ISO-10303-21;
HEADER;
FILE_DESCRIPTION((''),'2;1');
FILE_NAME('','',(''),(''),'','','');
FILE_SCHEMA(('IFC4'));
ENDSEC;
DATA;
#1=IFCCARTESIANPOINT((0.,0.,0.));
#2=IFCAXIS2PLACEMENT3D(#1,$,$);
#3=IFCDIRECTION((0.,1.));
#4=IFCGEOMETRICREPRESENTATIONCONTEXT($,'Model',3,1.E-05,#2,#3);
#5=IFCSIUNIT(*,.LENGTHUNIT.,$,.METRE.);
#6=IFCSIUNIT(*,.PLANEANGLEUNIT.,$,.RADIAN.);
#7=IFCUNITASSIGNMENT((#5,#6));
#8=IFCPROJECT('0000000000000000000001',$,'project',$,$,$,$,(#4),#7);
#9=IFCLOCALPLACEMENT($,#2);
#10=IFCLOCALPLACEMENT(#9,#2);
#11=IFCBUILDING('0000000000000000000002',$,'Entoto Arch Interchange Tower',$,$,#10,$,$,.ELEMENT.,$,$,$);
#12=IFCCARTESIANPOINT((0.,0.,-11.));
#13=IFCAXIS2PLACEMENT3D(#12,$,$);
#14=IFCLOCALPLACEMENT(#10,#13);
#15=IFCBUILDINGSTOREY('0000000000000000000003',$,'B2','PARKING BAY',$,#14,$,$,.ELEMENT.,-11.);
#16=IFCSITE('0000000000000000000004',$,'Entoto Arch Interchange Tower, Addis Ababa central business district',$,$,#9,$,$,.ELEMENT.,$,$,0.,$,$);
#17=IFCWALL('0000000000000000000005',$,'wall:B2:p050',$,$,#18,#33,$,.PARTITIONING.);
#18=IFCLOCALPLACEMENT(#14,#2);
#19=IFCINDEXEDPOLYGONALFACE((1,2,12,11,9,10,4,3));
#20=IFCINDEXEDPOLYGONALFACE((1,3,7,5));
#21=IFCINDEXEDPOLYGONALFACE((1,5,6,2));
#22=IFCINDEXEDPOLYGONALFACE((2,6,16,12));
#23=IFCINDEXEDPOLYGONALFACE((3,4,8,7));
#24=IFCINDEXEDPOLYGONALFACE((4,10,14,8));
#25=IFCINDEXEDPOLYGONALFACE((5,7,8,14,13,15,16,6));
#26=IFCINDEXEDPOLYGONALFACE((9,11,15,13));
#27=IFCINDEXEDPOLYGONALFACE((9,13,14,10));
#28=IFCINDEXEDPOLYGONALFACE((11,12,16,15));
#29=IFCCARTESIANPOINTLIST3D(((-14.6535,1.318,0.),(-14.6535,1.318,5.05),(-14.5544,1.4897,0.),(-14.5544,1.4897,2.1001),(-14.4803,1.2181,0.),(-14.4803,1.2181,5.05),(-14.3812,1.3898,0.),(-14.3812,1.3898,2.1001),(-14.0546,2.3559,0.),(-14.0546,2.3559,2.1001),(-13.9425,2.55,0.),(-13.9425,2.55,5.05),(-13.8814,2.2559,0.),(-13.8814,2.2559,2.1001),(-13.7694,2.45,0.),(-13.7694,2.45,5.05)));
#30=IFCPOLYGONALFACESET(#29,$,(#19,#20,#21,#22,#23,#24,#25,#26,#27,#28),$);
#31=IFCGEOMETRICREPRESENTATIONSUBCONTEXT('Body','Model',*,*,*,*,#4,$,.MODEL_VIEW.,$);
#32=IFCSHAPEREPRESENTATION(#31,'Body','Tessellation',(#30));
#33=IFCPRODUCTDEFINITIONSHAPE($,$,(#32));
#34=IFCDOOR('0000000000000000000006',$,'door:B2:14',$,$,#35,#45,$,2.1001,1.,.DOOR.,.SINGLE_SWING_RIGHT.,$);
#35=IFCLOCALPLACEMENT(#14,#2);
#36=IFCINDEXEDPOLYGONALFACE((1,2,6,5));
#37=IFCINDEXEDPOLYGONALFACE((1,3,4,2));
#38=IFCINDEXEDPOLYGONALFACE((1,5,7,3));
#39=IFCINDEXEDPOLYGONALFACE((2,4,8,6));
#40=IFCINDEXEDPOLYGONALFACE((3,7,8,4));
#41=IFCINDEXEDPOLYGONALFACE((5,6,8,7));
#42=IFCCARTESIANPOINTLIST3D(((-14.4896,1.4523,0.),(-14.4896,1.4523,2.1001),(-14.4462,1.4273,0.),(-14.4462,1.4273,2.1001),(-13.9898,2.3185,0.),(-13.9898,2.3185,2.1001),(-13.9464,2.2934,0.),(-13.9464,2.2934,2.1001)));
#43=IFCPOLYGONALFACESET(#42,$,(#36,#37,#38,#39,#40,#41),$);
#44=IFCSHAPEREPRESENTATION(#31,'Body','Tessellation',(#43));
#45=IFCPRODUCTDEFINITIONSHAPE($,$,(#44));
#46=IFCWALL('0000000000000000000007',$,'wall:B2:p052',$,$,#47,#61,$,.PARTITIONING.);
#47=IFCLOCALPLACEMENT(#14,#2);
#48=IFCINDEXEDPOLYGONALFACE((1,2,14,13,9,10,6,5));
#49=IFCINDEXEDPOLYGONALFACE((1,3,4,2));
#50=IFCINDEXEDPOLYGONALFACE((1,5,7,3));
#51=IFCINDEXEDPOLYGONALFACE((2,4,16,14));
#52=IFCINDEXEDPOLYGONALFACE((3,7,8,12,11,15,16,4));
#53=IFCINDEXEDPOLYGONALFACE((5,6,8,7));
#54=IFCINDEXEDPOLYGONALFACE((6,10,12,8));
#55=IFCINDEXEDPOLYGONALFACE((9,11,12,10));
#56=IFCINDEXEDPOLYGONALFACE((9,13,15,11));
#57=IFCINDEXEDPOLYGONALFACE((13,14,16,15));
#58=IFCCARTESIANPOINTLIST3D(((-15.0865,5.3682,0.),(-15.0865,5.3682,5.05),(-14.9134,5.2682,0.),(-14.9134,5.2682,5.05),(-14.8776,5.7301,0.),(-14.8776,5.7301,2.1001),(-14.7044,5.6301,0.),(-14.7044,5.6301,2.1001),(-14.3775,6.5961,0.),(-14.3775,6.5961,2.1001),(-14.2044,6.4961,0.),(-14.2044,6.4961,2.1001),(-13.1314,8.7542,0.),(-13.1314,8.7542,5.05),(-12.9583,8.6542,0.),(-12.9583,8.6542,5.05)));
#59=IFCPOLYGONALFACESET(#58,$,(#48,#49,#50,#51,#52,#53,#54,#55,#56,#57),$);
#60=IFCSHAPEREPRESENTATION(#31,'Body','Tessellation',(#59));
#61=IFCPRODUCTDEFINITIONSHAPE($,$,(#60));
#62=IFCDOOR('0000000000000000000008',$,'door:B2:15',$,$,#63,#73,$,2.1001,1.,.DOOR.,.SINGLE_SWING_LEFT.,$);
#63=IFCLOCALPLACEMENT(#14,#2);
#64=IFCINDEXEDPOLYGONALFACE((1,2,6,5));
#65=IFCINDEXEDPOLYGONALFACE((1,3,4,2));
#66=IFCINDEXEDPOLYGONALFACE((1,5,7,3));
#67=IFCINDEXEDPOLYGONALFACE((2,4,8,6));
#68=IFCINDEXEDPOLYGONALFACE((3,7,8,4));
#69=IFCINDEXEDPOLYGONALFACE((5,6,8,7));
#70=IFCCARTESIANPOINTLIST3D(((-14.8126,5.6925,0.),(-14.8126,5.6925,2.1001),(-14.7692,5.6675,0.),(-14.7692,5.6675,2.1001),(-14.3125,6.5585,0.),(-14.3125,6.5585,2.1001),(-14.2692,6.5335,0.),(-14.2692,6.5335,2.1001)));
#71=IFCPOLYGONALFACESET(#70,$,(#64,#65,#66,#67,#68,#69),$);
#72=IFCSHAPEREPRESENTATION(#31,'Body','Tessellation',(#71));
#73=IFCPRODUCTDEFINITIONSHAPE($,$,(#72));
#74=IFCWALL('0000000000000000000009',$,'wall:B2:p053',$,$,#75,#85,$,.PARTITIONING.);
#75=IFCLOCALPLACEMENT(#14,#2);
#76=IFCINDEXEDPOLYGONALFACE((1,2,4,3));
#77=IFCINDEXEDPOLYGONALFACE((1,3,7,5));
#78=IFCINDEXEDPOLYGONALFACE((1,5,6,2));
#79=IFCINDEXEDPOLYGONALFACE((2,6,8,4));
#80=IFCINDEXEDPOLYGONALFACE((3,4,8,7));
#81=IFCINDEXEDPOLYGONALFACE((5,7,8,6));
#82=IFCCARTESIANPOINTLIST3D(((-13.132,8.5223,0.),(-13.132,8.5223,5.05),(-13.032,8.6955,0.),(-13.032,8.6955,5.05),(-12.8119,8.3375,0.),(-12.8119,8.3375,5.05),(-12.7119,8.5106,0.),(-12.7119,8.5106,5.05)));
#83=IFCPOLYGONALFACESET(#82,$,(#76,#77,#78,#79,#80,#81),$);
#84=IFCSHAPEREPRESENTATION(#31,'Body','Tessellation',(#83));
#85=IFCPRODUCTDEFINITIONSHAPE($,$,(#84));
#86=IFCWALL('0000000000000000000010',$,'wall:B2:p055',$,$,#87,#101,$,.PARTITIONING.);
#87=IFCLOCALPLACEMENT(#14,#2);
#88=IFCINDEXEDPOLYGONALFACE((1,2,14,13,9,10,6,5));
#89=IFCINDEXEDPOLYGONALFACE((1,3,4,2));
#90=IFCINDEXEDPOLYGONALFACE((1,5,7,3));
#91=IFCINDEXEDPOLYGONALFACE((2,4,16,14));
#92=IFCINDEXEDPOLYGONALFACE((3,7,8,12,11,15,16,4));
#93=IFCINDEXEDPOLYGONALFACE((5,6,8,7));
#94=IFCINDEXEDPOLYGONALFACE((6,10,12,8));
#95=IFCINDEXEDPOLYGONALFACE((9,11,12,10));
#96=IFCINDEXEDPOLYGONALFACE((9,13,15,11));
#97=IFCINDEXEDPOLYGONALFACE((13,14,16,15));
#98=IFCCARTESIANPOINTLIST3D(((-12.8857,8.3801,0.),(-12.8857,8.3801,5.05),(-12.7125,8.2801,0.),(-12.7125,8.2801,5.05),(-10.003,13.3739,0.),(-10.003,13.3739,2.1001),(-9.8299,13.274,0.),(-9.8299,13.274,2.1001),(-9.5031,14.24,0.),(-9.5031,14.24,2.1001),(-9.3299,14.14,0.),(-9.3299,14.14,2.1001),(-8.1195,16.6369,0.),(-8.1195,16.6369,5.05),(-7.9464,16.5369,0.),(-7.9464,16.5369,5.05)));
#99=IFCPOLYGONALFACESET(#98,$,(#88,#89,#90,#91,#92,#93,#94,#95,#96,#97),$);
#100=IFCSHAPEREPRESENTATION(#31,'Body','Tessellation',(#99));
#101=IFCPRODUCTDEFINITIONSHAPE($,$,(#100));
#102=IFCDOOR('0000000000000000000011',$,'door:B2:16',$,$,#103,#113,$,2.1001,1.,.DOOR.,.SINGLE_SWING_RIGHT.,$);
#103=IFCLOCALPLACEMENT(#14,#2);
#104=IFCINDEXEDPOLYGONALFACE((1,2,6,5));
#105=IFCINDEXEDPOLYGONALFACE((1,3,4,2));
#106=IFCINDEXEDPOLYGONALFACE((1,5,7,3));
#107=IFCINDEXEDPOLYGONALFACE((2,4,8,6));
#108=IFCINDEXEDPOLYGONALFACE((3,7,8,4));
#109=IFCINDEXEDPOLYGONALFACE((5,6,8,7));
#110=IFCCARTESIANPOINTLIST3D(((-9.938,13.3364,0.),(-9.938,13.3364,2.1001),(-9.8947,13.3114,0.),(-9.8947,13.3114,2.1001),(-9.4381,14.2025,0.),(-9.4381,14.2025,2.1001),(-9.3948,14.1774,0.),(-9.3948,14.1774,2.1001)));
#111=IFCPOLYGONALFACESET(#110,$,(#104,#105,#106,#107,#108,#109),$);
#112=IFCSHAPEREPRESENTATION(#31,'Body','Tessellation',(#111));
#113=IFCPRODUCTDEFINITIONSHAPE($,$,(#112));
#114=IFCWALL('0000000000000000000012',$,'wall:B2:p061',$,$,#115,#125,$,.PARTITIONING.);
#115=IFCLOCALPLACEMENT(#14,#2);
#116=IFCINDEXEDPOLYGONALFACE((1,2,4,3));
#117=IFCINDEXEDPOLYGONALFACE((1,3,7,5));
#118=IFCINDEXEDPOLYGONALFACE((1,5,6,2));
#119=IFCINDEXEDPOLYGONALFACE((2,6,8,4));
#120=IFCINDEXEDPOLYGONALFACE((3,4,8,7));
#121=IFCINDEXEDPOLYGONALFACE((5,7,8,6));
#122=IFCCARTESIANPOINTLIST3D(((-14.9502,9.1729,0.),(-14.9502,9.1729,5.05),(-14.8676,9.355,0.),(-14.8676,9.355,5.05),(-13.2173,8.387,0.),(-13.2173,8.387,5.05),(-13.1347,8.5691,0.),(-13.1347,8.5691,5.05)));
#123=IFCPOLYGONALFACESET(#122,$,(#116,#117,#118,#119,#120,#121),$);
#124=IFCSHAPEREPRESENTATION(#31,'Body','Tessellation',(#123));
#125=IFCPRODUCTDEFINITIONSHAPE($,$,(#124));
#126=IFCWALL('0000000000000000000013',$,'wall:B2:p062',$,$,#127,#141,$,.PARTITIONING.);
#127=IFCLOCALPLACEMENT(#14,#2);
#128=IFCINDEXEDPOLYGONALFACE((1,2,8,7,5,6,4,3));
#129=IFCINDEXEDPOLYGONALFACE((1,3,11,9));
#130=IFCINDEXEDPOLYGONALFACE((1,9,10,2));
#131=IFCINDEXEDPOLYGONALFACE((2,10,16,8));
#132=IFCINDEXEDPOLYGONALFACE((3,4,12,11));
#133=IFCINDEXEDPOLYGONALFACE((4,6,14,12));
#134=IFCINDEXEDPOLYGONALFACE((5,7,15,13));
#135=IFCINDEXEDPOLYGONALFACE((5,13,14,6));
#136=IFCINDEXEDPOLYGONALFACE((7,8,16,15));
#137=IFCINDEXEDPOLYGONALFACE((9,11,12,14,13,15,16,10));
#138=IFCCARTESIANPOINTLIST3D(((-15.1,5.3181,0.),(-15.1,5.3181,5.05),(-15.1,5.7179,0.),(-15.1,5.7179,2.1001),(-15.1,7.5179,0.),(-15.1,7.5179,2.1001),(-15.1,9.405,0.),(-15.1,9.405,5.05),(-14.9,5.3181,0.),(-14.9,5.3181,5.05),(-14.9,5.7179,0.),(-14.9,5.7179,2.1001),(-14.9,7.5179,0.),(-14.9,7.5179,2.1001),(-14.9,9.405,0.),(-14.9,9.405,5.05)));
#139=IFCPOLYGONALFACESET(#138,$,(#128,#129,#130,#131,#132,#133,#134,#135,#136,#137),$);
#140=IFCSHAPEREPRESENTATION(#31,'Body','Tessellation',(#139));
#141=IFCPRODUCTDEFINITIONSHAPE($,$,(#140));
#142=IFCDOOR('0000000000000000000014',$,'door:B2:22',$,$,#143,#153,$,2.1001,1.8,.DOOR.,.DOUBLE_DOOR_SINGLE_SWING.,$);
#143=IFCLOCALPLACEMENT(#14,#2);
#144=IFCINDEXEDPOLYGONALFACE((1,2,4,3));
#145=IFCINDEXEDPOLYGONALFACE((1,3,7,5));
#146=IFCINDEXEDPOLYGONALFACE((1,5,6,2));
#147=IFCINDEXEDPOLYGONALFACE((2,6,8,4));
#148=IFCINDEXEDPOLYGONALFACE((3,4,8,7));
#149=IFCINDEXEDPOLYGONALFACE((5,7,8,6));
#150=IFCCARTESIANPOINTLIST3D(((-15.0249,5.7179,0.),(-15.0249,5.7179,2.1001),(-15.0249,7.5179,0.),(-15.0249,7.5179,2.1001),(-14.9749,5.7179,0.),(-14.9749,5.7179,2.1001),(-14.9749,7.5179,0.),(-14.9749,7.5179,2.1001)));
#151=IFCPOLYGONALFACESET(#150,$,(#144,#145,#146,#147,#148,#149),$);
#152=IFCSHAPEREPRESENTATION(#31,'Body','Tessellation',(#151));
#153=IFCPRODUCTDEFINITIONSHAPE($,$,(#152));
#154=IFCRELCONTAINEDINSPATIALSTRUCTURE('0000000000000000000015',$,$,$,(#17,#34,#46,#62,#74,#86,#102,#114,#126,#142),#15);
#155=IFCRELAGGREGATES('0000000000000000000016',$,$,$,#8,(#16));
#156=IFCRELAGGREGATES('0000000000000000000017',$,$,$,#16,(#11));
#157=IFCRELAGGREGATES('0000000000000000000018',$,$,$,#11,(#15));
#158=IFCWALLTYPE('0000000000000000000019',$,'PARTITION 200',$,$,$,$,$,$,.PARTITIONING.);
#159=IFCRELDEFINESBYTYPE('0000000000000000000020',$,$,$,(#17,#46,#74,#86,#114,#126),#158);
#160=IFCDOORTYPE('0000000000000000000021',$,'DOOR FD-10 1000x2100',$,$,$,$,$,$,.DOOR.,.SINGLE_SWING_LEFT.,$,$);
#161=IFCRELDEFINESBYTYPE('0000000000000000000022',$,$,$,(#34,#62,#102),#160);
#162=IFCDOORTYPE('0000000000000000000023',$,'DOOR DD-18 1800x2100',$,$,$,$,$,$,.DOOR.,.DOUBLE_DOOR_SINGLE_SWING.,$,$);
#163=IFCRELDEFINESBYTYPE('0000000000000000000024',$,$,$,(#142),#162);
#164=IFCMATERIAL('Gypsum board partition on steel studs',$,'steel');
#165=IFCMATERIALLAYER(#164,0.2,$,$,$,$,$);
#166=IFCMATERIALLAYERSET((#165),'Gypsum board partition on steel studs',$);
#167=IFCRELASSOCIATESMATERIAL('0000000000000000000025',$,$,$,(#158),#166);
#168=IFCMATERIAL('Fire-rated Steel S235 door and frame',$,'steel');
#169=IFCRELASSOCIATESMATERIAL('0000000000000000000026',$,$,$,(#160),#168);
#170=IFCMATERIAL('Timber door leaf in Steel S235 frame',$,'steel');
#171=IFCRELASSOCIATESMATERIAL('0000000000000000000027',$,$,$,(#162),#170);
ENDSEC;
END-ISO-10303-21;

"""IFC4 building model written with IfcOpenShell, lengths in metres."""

from ifc_helpers import new_model, si_unit, direction, frame, frame_2d, origin, place, context, subcontext, project, spatial, rectangle, extrude, material, layer, layer_set, type_object, element, fill, save


model = new_model("IFC4")

# Units and contexts
model_context = context("Model", 3, precision=1e-05, world=origin(), true_north=direction((0.0, 1.0)))
body_context = subcontext(model_context, "Body", "Model", "MODEL_VIEW")
ifc_project = project(units=[si_unit("LENGTHUNIT", "METRE"), si_unit("PLANEANGLEUNIT", "RADIAN")], contexts=[model_context])

# Site, building, storey
site_placement = place(None, origin())
site = spatial("IfcSite", under=ifc_project, at=site_placement, Name="Entoto Arch Interchange Tower, Addis Ababa central business district", CompositionType="ELEMENT", RefElevation=0.0)
building_placement = place(site_placement, origin())
building = spatial("IfcBuilding", under=site, at=building_placement, Name="Entoto Arch Interchange Tower", CompositionType="ELEMENT")
storey_placement = place(building_placement, frame((0.0, 0.0, -11.0)))
storey = spatial("IfcBuildingStorey", under=building, at=storey_placement, Name="B2", Description="PARKING BAY", CompositionType="ELEMENT", Elevation=-11.0)

# Walls, openings, doors
ifc_material_1 = material(Name="Gypsum board partition on steel studs", Category="steel")
ifc_layer = layer(ifc_material_1, 0.2)
ifc_layer_set = layer_set([ifc_layer], Name="Gypsum board partition on steel studs")
wall_type = type_object("IfcWallType", Name="PARTITION 200", PredefinedType="PARTITIONING", material=ifc_layer_set)
ifc_material_2 = material(Name="Fire-rated Steel S235 door and frame", Category="steel")
door_type_1 = type_object("IfcDoorType", Name="DOOR FD-10 1000x2100", OperationType="SINGLE_SWING_LEFT", PredefinedType="DOOR", material=ifc_material_2)
wall_1_placement = place(storey_placement, frame((-13.856, 2.5, 0.0), z_axis=(0.0, 0.0, 1.0), x_axis=(-0.499831, -0.866123, 0.0)))
wall_1 = element("IfcWall", 1, at=wall_1_placement, inside=storey, type_object=wall_type, Name="wall:B2:p050", PredefinedType="PARTITIONING", context=body_context, shape_type="SweptSolid", body=[
    extrude(rectangle(XDim=1.4224, YDim=0.2, at=frame_2d((0.7112, 0.0))), origin(), (0.0, 0.0, 1.0), 5.05),
])
opening_1_placement = place(wall_1_placement, frame((0.2241, 0.0, 0.0)))
opening_1 = element("IfcOpeningElement", 2, at=opening_1_placement, cuts=wall_1, PredefinedType="OPENING", context=body_context, shape_type="SweptSolid", body=[
    extrude(rectangle(XDim=1.0, YDim=2.1001, at=frame_2d((0.5, 1.05))), frame((0.0, 0.1099, 0.0), z_axis=(0.0, -1.0, 0.0), x_axis=(1.0, 0.0, 0.0)), (0.0, 0.0, 1.0), 0.22),
])
door_1_placement = place(opening_1_placement, origin())
door_1 = element("IfcDoor", 3, at=door_1_placement, inside=storey, type_object=door_type_1, Name="door:B2:14", OperationType="SINGLE_SWING_RIGHT", OverallHeight=2.1001, OverallWidth=1.0, PredefinedType="DOOR", context=body_context, shape_type="SweptSolid", body=[
    extrude(rectangle(XDim=1.0, YDim=2.1001, at=frame_2d((0.5, 1.05))), frame((0.0, 0.0249, 0.0), z_axis=(0.0, -1.0, 0.0), x_axis=(1.0, 0.0, 0.0)), (0.0, 0.0, 1.0), 0.05),
])
fill(opening_1, door_1)
wall_2_placement = place(storey_placement, frame((-15.0, 5.3181, 0.0), z_axis=(0.0, 0.0, 1.0), x_axis=(0.500034, 0.866006, 0.0)))
wall_2 = element("IfcWall", 4, at=wall_2_placement, inside=storey, type_object=wall_type, Name="wall:B2:p052", PredefinedType="PARTITIONING", context=body_context, shape_type="SweptSolid", body=[
    extrude(rectangle(XDim=3.9099, YDim=0.2, at=frame_2d((1.9551, 0.0))), origin(), (0.0, 0.0, 1.0), 5.05),
])
opening_2_placement = place(wall_2_placement, frame((0.418, 0.0, 0.0)))
opening_2 = element("IfcOpeningElement", 5, at=opening_2_placement, cuts=wall_2, PredefinedType="OPENING", context=body_context, shape_type="SweptSolid", body=[
    extrude(rectangle(XDim=1.0, YDim=2.1001, at=frame_2d((0.5, 1.05))), frame((0.0, 0.1099, 0.0), z_axis=(0.0, -1.0, 0.0), x_axis=(1.0, 0.0, 0.0)), (0.0, 0.0, 1.0), 0.22),
])
door_2_placement = place(opening_2_placement, origin())
door_2 = element("IfcDoor", 6, at=door_2_placement, inside=storey, type_object=door_type_1, Name="door:B2:15", OperationType="SINGLE_SWING_LEFT", OverallHeight=2.1001, OverallWidth=1.0, PredefinedType="DOOR", context=body_context, shape_type="SweptSolid", body=[
    extrude(rectangle(XDim=1.0, YDim=2.1001, at=frame_2d((0.5, 1.05))), frame((0.0, 0.0249, 0.0), z_axis=(0.0, -1.0, 0.0), x_axis=(1.0, 0.0, 0.0)), (0.0, 0.0, 1.0), 0.05),
])
fill(opening_2, door_2)

# Wall
wall_3_placement = place(storey_placement, frame((-13.082, 8.6089, 0.0), z_axis=(0.0, 0.0, 1.0), x_axis=(0.865999, -0.500046, 0.0)))
element("IfcWall", 7, at=wall_3_placement, inside=storey, type_object=wall_type, Name="wall:B2:p053", PredefinedType="PARTITIONING", context=body_context, shape_type="SweptSolid", body=[
    extrude(rectangle(XDim=0.3696, YDim=0.2, at=frame_2d((0.1848, 0.0))), origin(), (0.0, 0.0, 1.0), 5.05),
])

# Wall, opening, door
wall_4_placement = place(storey_placement, frame((-12.7991, 8.3301, 0.0), z_axis=(0.0, 0.0, 1.0), x_axis=(0.499923, 0.86607, 0.0)))
wall_4 = element("IfcWall", 8, at=wall_4_placement, inside=storey, type_object=wall_type, Name="wall:B2:p055", PredefinedType="PARTITIONING", context=body_context, shape_type="SweptSolid", body=[
    extrude(rectangle(XDim=9.5337, YDim=0.2, at=frame_2d((4.7668, 0.0))), origin(), (0.0, 0.0, 1.0), 5.05),
])
opening_3_placement = place(wall_4_placement, frame((5.7661, 0.0, 0.0)))
opening_3 = element("IfcOpeningElement", 9, at=opening_3_placement, cuts=wall_4, PredefinedType="OPENING", context=body_context, shape_type="SweptSolid", body=[
    extrude(rectangle(XDim=1.0, YDim=2.1001, at=frame_2d((0.5, 1.05))), frame((0.0, 0.1099, 0.0), z_axis=(0.0, -1.0, 0.0), x_axis=(1.0, 0.0, 0.0)), (0.0, 0.0, 1.0), 0.22),
])
door_3_placement = place(opening_3_placement, origin())
door_3 = element("IfcDoor", 10, at=door_3_placement, inside=storey, type_object=door_type_1, Name="door:B2:16", OperationType="SINGLE_SWING_RIGHT", OverallHeight=2.1001, OverallWidth=1.0, PredefinedType="DOOR", context=body_context, shape_type="SweptSolid", body=[
    extrude(rectangle(XDim=1.0, YDim=2.1001, at=frame_2d((0.5, 1.05))), frame((0.0, 0.0249, 0.0), z_axis=(0.0, -1.0, 0.0), x_axis=(1.0, 0.0, 0.0)), (0.0, 0.0, 1.0), 0.05),
])
fill(opening_3, door_3)

# Wall
wall_5_placement = place(storey_placement, frame((-14.9089, 9.2639, 0.0), z_axis=(0.0, 0.0, 1.0), x_axis=(0.910722, -0.41302, 0.0)))
element("IfcWall", 11, at=wall_5_placement, inside=storey, type_object=wall_type, Name="wall:B2:p061", PredefinedType="PARTITIONING", context=body_context, shape_type="SweptSolid", body=[
    extrude(rectangle(XDim=1.9028, YDim=0.2, at=frame_2d((0.9514, 0.0))), origin(), (0.0, 0.0, 1.0), 5.05),
])

# Wall, opening, door
wall_6_placement = place(storey_placement, frame((-15.0, 5.3181, 0.0), z_axis=(0.0, 0.0, 1.0), x_axis=(0.0, 1.0, 0.0)))
wall_6 = element("IfcWall", 12, at=wall_6_placement, inside=storey, type_object=wall_type, Name="wall:B2:p062", PredefinedType="PARTITIONING", context=body_context, shape_type="SweptSolid", body=[
    extrude(rectangle(XDim=4.0869, YDim=0.2, at=frame_2d((2.0435, 0.0))), origin(), (0.0, 0.0, 1.0), 5.05),
])
opening_4_placement = place(wall_6_placement, frame((0.3999, 0.0, 0.0)))
opening_4 = element("IfcOpeningElement", 13, at=opening_4_placement, cuts=wall_6, PredefinedType="OPENING", context=body_context, shape_type="SweptSolid", body=[
    extrude(rectangle(XDim=1.8, YDim=2.1001, at=frame_2d((0.8999, 1.05))), frame((0.0, 0.1099, 0.0), z_axis=(0.0, -1.0, 0.0), x_axis=(1.0, 0.0, 0.0)), (0.0, 0.0, 1.0), 0.22),
])
ifc_material_3 = material(Name="Timber door leaf in Steel S235 frame", Category="steel")
door_type_2 = type_object("IfcDoorType", Name="DOOR DD-18 1800x2100", OperationType="DOUBLE_DOOR_SINGLE_SWING", PredefinedType="DOOR", material=ifc_material_3)
door_4_placement = place(opening_4_placement, origin())
door_4 = element("IfcDoor", 14, at=door_4_placement, inside=storey, type_object=door_type_2, Name="door:B2:22", OperationType="DOUBLE_DOOR_SINGLE_SWING", OverallHeight=2.1001, OverallWidth=1.8, PredefinedType="DOOR", context=body_context, shape_type="SweptSolid", body=[
    extrude(rectangle(XDim=1.8, YDim=2.1001, at=frame_2d((0.8999, 1.05))), frame((0.0, 0.0249, 0.0), z_axis=(0.0, -1.0, 0.0), x_axis=(1.0, 0.0, 0.0)), (0.0, 0.0, 1.0), 0.05),
])
fill(opening_4, door_4)

save(model, "model.ifc")
